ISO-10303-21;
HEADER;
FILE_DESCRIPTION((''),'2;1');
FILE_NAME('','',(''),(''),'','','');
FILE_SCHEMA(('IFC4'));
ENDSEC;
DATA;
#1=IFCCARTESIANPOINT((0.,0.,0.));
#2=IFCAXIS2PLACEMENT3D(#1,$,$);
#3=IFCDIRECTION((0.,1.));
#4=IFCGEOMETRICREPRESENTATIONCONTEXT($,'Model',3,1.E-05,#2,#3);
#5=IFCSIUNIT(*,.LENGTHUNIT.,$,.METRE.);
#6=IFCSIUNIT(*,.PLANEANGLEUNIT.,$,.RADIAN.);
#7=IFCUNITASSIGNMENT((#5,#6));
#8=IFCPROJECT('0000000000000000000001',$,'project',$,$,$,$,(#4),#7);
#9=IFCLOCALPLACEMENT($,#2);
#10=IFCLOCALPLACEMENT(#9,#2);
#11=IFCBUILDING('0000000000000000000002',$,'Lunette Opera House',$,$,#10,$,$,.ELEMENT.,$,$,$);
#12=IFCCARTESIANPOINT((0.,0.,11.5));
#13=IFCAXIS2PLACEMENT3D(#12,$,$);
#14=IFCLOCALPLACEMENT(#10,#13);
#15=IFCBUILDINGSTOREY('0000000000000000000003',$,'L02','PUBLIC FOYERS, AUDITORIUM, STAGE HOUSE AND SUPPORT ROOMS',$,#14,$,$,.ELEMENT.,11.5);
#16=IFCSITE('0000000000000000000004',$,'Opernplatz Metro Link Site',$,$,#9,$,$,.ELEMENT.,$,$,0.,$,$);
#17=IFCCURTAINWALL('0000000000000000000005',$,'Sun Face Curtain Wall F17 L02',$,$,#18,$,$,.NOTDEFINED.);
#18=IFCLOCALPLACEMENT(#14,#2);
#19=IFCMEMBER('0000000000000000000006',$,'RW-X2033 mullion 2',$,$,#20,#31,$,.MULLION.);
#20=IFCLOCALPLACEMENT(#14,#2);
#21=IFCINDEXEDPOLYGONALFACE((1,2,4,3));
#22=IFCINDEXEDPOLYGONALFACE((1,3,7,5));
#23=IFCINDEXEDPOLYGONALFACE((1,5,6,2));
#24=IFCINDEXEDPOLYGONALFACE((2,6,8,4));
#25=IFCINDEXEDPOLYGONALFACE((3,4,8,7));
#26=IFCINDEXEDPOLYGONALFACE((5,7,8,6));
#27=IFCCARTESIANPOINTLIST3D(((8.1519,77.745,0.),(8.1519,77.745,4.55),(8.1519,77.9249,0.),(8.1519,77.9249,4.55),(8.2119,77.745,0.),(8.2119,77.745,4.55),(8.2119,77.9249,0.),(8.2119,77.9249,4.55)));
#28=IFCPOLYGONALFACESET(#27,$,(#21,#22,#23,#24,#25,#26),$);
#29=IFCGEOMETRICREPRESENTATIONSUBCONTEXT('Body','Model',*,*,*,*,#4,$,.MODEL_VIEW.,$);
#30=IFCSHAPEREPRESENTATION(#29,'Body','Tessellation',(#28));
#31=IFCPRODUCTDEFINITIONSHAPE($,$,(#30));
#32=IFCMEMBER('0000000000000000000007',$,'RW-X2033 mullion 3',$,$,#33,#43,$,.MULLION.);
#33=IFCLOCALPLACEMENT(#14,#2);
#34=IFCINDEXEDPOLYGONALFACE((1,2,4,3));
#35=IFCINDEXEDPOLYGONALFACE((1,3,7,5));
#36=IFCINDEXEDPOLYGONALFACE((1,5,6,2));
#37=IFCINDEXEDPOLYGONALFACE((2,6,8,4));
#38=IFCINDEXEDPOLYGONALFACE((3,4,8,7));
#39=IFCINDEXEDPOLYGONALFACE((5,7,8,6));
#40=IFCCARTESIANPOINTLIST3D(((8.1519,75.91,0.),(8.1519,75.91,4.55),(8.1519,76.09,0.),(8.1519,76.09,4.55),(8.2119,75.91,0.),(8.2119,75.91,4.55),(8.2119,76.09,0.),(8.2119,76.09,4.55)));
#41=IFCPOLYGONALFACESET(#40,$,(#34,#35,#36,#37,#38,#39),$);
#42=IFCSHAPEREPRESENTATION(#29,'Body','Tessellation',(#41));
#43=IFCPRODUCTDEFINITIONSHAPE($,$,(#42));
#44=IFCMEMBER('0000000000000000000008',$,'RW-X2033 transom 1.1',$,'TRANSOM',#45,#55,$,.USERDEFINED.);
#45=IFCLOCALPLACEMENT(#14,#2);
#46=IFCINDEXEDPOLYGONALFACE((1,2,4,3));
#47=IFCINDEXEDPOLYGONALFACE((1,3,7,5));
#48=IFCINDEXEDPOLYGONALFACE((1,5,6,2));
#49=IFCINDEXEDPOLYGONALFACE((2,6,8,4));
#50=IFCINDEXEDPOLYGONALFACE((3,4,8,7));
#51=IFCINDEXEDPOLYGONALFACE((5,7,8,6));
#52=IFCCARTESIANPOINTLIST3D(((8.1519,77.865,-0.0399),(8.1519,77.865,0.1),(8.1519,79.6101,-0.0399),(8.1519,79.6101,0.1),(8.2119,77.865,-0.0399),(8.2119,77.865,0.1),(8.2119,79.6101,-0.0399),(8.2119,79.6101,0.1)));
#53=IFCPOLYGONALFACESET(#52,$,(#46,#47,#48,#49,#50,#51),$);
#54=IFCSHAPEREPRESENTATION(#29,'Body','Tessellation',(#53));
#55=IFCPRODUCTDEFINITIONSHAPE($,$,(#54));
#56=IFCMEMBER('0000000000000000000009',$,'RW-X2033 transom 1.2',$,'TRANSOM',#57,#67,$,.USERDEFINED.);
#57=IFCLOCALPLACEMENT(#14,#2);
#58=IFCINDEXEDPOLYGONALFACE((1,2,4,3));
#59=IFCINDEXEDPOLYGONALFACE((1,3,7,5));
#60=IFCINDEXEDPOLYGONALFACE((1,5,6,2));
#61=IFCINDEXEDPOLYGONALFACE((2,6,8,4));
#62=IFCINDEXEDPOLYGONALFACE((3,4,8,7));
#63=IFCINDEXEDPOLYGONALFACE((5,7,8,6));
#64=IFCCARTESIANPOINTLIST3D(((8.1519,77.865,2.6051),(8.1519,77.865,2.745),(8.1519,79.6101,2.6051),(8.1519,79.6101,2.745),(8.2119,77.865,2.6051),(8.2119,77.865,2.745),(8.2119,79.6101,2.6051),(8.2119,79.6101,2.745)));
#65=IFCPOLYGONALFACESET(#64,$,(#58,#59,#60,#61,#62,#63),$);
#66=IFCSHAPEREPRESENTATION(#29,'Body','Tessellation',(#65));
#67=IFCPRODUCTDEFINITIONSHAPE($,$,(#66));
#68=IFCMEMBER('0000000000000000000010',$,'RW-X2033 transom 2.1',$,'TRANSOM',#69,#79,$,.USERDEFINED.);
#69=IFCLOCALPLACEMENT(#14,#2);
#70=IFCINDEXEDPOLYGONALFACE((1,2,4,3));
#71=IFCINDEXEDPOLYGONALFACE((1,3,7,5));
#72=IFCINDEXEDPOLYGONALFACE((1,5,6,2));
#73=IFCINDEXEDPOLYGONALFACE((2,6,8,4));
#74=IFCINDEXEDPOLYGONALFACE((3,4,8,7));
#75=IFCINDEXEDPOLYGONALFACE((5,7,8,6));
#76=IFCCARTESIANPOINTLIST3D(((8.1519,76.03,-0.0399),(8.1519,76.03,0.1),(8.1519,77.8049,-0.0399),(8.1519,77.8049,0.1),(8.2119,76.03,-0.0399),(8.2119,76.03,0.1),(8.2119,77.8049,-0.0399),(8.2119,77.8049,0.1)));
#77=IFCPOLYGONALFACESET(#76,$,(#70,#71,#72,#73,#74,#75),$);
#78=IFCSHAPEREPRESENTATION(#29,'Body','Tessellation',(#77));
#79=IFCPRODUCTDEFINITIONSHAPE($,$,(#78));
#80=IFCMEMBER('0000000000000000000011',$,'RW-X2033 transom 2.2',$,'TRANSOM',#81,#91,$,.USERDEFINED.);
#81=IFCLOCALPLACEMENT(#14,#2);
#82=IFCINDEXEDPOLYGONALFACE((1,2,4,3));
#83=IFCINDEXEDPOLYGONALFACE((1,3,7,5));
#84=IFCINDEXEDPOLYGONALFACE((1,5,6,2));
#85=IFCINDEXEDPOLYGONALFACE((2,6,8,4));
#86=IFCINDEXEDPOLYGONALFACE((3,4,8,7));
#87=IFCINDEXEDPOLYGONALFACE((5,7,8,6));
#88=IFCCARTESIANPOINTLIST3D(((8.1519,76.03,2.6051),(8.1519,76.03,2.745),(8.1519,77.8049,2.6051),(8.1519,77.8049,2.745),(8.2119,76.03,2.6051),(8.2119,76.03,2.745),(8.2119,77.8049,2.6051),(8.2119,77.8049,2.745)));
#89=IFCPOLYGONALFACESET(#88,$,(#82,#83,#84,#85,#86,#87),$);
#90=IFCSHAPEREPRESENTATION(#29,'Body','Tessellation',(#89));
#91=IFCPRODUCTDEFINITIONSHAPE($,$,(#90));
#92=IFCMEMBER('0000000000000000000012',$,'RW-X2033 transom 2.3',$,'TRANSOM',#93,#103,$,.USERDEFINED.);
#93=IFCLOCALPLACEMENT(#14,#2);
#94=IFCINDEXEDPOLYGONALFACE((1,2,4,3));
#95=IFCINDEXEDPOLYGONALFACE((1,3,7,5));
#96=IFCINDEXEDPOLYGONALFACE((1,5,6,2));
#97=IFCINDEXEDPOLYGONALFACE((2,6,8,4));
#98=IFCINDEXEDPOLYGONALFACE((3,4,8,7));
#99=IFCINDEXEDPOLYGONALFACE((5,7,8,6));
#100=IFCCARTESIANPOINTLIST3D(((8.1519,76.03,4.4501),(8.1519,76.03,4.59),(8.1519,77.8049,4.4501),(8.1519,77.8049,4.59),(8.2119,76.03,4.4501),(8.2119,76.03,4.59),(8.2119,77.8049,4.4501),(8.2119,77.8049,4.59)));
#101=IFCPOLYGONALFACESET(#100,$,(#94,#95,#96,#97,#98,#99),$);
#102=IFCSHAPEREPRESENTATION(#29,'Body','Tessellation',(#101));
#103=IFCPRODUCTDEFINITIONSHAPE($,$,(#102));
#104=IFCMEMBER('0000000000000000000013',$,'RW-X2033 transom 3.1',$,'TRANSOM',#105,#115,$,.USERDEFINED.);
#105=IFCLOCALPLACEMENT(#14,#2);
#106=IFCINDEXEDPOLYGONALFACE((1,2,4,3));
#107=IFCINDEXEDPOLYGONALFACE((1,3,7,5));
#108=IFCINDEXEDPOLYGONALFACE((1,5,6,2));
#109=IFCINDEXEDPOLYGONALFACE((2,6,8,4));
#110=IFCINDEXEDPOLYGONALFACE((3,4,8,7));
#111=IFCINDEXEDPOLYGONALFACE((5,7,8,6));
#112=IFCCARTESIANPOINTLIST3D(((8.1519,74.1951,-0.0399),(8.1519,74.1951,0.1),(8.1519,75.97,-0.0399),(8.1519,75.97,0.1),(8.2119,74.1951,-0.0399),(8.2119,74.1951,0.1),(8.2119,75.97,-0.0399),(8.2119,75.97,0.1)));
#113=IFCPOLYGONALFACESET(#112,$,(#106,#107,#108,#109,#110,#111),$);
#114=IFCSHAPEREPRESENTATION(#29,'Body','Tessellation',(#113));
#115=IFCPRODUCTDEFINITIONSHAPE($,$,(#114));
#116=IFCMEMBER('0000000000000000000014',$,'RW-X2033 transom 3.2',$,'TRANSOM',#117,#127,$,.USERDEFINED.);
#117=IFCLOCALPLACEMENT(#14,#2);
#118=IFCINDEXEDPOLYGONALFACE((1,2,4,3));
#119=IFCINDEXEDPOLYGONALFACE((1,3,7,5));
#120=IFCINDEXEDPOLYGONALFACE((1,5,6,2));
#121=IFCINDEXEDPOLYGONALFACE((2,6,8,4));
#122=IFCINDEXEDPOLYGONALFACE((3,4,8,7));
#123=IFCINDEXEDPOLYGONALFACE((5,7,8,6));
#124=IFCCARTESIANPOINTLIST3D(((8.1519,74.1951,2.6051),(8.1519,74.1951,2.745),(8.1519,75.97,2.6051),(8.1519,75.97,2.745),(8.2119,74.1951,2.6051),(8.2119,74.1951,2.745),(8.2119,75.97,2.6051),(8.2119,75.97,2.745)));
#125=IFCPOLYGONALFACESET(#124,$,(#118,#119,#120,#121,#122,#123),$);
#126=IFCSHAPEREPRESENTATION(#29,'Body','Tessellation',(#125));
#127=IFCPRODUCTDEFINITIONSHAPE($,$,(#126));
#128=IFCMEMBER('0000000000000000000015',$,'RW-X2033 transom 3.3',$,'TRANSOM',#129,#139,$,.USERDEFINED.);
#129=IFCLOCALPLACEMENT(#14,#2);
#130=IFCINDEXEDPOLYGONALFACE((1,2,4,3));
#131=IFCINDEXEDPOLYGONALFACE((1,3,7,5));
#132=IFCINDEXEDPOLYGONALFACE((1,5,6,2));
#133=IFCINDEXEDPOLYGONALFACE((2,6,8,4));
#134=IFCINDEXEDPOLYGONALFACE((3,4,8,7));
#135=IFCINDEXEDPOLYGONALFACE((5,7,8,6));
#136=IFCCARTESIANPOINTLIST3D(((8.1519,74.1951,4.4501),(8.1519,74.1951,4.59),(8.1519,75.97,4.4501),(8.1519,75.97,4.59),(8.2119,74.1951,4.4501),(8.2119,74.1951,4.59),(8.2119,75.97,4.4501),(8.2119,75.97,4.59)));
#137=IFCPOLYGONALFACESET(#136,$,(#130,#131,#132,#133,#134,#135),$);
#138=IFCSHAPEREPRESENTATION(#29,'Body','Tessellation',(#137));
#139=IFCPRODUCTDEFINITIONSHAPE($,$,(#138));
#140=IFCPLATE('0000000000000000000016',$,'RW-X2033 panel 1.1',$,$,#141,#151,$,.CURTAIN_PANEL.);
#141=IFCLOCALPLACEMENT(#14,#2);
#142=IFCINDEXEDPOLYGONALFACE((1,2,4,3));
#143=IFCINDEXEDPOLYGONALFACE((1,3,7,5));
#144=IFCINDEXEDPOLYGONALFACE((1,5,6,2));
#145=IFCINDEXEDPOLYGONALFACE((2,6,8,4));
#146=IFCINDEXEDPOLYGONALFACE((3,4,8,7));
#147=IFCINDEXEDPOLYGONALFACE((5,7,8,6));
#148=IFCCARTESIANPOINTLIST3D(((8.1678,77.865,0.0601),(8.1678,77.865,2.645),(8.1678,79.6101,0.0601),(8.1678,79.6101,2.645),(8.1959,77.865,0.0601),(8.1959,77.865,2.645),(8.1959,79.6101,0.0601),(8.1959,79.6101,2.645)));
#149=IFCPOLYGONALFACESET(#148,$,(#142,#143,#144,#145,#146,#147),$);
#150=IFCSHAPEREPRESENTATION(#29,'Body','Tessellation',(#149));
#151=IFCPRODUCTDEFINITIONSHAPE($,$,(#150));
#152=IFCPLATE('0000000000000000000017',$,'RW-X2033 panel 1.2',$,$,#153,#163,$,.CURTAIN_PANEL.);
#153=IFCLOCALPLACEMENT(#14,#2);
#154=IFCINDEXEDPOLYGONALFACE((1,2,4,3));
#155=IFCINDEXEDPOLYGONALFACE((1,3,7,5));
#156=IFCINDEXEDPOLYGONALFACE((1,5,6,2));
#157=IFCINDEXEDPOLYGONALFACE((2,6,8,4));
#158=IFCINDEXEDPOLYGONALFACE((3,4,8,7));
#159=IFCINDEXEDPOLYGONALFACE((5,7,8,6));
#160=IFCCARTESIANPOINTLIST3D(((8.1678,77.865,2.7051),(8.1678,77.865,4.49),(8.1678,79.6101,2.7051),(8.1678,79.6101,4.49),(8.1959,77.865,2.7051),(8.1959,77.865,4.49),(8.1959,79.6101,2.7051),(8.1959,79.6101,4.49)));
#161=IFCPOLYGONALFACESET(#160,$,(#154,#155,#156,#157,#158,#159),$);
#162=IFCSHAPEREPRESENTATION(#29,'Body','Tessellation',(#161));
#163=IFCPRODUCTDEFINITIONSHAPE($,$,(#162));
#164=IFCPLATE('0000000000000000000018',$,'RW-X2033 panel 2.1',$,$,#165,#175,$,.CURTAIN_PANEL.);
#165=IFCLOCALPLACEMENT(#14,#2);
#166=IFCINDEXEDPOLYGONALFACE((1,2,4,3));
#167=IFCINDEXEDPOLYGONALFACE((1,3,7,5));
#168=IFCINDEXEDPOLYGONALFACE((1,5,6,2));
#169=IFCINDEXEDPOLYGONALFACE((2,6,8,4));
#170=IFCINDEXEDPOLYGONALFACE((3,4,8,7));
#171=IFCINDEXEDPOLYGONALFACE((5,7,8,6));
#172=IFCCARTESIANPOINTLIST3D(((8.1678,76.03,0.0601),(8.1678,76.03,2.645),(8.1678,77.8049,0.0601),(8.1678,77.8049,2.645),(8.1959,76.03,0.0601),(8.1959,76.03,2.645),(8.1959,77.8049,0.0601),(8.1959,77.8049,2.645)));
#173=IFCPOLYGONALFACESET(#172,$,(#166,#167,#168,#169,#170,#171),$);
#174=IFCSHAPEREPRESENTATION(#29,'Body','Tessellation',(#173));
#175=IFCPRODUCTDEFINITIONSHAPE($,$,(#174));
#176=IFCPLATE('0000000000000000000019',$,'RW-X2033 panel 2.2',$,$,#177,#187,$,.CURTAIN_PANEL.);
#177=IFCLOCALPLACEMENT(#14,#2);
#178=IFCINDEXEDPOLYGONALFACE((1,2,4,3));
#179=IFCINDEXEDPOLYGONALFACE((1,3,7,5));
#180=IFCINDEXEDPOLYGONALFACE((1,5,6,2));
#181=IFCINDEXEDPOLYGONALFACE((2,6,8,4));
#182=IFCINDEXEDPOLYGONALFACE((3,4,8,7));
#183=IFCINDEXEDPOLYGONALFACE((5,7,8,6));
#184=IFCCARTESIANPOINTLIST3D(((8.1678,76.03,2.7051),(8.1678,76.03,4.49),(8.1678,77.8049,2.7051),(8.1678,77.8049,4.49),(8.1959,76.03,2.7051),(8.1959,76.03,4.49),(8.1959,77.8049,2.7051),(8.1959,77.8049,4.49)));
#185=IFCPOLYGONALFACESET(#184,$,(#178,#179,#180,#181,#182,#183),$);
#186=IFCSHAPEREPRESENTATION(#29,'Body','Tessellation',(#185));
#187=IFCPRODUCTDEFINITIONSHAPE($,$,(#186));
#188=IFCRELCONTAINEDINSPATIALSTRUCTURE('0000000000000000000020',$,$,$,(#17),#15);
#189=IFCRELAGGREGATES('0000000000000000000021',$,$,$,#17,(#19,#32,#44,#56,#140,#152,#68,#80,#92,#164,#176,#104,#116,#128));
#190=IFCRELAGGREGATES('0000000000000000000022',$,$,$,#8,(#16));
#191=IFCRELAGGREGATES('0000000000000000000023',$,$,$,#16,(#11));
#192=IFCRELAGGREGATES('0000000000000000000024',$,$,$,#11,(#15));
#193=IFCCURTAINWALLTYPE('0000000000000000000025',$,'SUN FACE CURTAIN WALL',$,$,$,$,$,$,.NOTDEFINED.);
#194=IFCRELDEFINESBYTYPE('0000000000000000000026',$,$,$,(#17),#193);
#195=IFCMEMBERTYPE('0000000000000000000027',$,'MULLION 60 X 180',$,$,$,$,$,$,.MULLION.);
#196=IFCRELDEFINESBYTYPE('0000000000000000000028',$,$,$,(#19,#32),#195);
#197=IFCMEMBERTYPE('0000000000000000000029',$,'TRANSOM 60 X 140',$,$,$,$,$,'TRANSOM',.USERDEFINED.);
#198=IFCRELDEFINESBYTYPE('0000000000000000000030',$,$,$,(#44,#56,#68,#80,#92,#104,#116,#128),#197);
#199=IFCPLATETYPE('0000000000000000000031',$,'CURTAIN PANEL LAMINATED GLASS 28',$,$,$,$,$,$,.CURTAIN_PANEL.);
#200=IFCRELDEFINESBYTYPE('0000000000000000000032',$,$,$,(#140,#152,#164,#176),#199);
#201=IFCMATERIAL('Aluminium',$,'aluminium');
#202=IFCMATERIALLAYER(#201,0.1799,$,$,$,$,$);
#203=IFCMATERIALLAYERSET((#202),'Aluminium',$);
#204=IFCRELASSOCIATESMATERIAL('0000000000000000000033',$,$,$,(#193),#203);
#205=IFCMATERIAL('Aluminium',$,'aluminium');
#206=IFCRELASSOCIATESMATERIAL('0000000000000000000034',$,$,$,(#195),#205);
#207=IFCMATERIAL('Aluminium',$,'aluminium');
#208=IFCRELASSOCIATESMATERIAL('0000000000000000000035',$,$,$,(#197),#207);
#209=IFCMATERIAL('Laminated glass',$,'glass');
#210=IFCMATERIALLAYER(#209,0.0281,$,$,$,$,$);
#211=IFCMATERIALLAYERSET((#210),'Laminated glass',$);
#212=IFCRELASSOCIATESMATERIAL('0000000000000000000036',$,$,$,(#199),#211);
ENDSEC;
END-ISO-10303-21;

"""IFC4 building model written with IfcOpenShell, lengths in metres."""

from ifc_helpers import new_model, si_unit, direction, frame, origin, origin_2d, place, context, subcontext, project, spatial, rectangle, extrude, material, layer, layer_set, material_profile, profile_set, type_object, element, aggregate, save


model = new_model("IFC4")

# Units and contexts
model_context = context("Model", 3, precision=1e-05, world=origin(), true_north=direction((0.0, 1.0)))
body_context = subcontext(model_context, "Body", "Model", "MODEL_VIEW")
ifc_project = project(units=[si_unit("LENGTHUNIT", "METRE"), si_unit("PLANEANGLEUNIT", "RADIAN")], contexts=[model_context])

# Site, building, storey
site_placement = place(None, origin())
site = spatial("IfcSite", under=ifc_project, at=site_placement, Name="Opernplatz Metro Link Site", CompositionType="ELEMENT", RefElevation=0.0)
building_placement = place(site_placement, origin())
building = spatial("IfcBuilding", under=site, at=building_placement, Name="Lunette Opera House", CompositionType="ELEMENT")
storey_placement = place(building_placement, frame((0.0, 0.0, 11.5)))
storey = spatial("IfcBuildingStorey", under=building, at=storey_placement, Name="L02", Description="PUBLIC FOYERS, AUDITORIUM, STAGE HOUSE AND SUPPORT ROOMS", CompositionType="ELEMENT", Elevation=11.5)

# Curtain wall, members, plates
ifc_material_1 = material(Name="Aluminium", Category="aluminium")
ifc_layer_1 = layer(ifc_material_1, 0.1799)
ifc_layer_set_1 = layer_set([ifc_layer_1], Name="Aluminium")
curtain_wall_type = type_object("IfcCurtainWallType", Name="SUN FACE CURTAIN WALL", PredefinedType="NOTDEFINED", material=ifc_layer_set_1)
curtain_wall_placement = place(storey_placement, origin())
curtain_wall = element("IfcCurtainWall", 1, at=curtain_wall_placement, inside=storey, type_object=curtain_wall_type, Name="Sun Face Curtain Wall F17 L02", PredefinedType="NOTDEFINED")
ifc_material_2 = material(Name="Aluminium", Category="aluminium")
ifc_material_profile_1 = material_profile(ifc_material_2, rectangle(XDim=0.0601, YDim=0.1799, at=origin_2d()), Name="MULLION 60 X 180")
ifc_profile_set_1 = profile_set([ifc_material_profile_1], Name="Aluminium")
member_type_1 = type_object("IfcMemberType", Name="MULLION 60 X 180", PredefinedType="MULLION", material=ifc_profile_set_1)
member_1_placement = place(storey_placement, frame((8.1819, 77.835, 0.0), z_axis=(0.0, 0.0, 1.0), x_axis=(1.0, 0.0, 0.0)))
member_1 = element("IfcMember", 2, at=member_1_placement, type_object=member_type_1, Name="RW-X2033 mullion 2", PredefinedType="MULLION", context=body_context, shape_type="SweptSolid", body=[
    extrude(rectangle(XDim=0.0601, YDim=0.1799, at=origin_2d()), origin(), (0.0, 0.0, 1.0), 4.55),
])
member_2_placement = place(storey_placement, frame((8.1819, 76.0, 0.0), z_axis=(0.0, 0.0, 1.0), x_axis=(1.0, 0.0, 0.0)))
member_2 = element("IfcMember", 3, at=member_2_placement, type_object=member_type_1, Name="RW-X2033 mullion 3", PredefinedType="MULLION", context=body_context, shape_type="SweptSolid", body=[
    extrude(rectangle(XDim=0.0601, YDim=0.1799, at=origin_2d()), origin(), (0.0, 0.0, 1.0), 4.55),
])
ifc_material_3 = material(Name="Aluminium", Category="aluminium")
ifc_material_profile_2 = material_profile(ifc_material_3, rectangle(XDim=0.0601, YDim=0.1399, at=origin_2d()), Name="TRANSOM 60 X 140")
ifc_profile_set_2 = profile_set([ifc_material_profile_2], Name="Aluminium")
member_type_2 = type_object("IfcMemberType", Name="TRANSOM 60 X 140", ElementType="TRANSOM", PredefinedType="USERDEFINED", material=ifc_profile_set_2)
member_3_placement = place(storey_placement, frame((8.1819, 79.6101, 0.03), z_axis=(0.0, -1.0, 0.0), x_axis=(1.0, 0.0, 0.0)))
member_3 = element("IfcMember", 4, at=member_3_placement, type_object=member_type_2, Name="RW-X2033 transom 1.1", ObjectType="TRANSOM", PredefinedType="USERDEFINED", context=body_context, shape_type="SweptSolid", body=[
    extrude(rectangle(XDim=0.0601, YDim=0.1399, at=origin_2d()), origin(), (0.0, 0.0, 1.0), 1.7451),
])
member_4_placement = place(storey_placement, frame((8.1819, 79.6101, 2.675), z_axis=(0.0, -1.0, 0.0), x_axis=(1.0, 0.0, 0.0)))
member_4 = element("IfcMember", 5, at=member_4_placement, type_object=member_type_2, Name="RW-X2033 transom 1.2", ObjectType="TRANSOM", PredefinedType="USERDEFINED", context=body_context, shape_type="SweptSolid", body=[
    extrude(rectangle(XDim=0.0601, YDim=0.1399, at=origin_2d()), origin(), (0.0, 0.0, 1.0), 1.7451),
])
member_5_placement = place(storey_placement, frame((8.1819, 77.8049, 0.03), z_axis=(0.0, -1.0, 0.0), x_axis=(1.0, 0.0, 0.0)))
member_5 = element("IfcMember", 6, at=member_5_placement, type_object=member_type_2, Name="RW-X2033 transom 2.1", ObjectType="TRANSOM", PredefinedType="USERDEFINED", context=body_context, shape_type="SweptSolid", body=[
    extrude(rectangle(XDim=0.0601, YDim=0.1399, at=origin_2d()), origin(), (0.0, 0.0, 1.0), 1.7749),
])
member_6_placement = place(storey_placement, frame((8.1819, 77.8049, 2.675), z_axis=(0.0, -1.0, 0.0), x_axis=(1.0, 0.0, 0.0)))
member_6 = element("IfcMember", 7, at=member_6_placement, type_object=member_type_2, Name="RW-X2033 transom 2.2", ObjectType="TRANSOM", PredefinedType="USERDEFINED", context=body_context, shape_type="SweptSolid", body=[
    extrude(rectangle(XDim=0.0601, YDim=0.1399, at=origin_2d()), origin(), (0.0, 0.0, 1.0), 1.7749),
])
member_7_placement = place(storey_placement, frame((8.1819, 77.8049, 4.52), z_axis=(0.0, -1.0, 0.0), x_axis=(1.0, 0.0, 0.0)))
member_7 = element("IfcMember", 8, at=member_7_placement, type_object=member_type_2, Name="RW-X2033 transom 2.3", ObjectType="TRANSOM", PredefinedType="USERDEFINED", context=body_context, shape_type="SweptSolid", body=[
    extrude(rectangle(XDim=0.0601, YDim=0.1399, at=origin_2d()), origin(), (0.0, 0.0, 1.0), 1.7749),
])
member_8_placement = place(storey_placement, frame((8.1819, 75.97, 0.03), z_axis=(0.0, -1.0, 0.0), x_axis=(1.0, 0.0, 0.0)))
member_8 = element("IfcMember", 9, at=member_8_placement, type_object=member_type_2, Name="RW-X2033 transom 3.1", ObjectType="TRANSOM", PredefinedType="USERDEFINED", context=body_context, shape_type="SweptSolid", body=[
    extrude(rectangle(XDim=0.0601, YDim=0.1399, at=origin_2d()), origin(), (0.0, 0.0, 1.0), 1.7749),
])
member_9_placement = place(storey_placement, frame((8.1819, 75.97, 2.675), z_axis=(0.0, -1.0, 0.0), x_axis=(1.0, 0.0, 0.0)))
member_9 = element("IfcMember", 10, at=member_9_placement, type_object=member_type_2, Name="RW-X2033 transom 3.2", ObjectType="TRANSOM", PredefinedType="USERDEFINED", context=body_context, shape_type="SweptSolid", body=[
    extrude(rectangle(XDim=0.0601, YDim=0.1399, at=origin_2d()), origin(), (0.0, 0.0, 1.0), 1.7749),
])
member_10_placement = place(storey_placement, frame((8.1819, 75.97, 4.52), z_axis=(0.0, -1.0, 0.0), x_axis=(1.0, 0.0, 0.0)))
member_10 = element("IfcMember", 11, at=member_10_placement, type_object=member_type_2, Name="RW-X2033 transom 3.3", ObjectType="TRANSOM", PredefinedType="USERDEFINED", context=body_context, shape_type="SweptSolid", body=[
    extrude(rectangle(XDim=0.0601, YDim=0.1399, at=origin_2d()), origin(), (0.0, 0.0, 1.0), 1.7749),
])
ifc_material_4 = material(Name="Laminated glass", Category="glass")
ifc_layer_2 = layer(ifc_material_4, 0.0281)
ifc_layer_set_2 = layer_set([ifc_layer_2], Name="Laminated glass")
plate_type = type_object("IfcPlateType", Name="CURTAIN PANEL LAMINATED GLASS 28", PredefinedType="CURTAIN_PANEL", material=ifc_layer_set_2)
plate_1_placement = place(storey_placement, frame((8.1819, 78.7375, 0.0601), z_axis=(0.0, 0.0, 1.0), x_axis=(0.0, -1.0, 0.0)))
plate_1 = element("IfcPlate", 12, at=plate_1_placement, type_object=plate_type, Name="RW-X2033 panel 1.1", PredefinedType="CURTAIN_PANEL", context=body_context, shape_type="SweptSolid", body=[
    extrude(rectangle(XDim=1.7451, YDim=0.0281, at=origin_2d()), origin(), (0.0, 0.0, 1.0), 2.585),
])
plate_2_placement = place(storey_placement, frame((8.1819, 78.7375, 2.7051), z_axis=(0.0, 0.0, 1.0), x_axis=(0.0, -1.0, 0.0)))
plate_2 = element("IfcPlate", 13, at=plate_2_placement, type_object=plate_type, Name="RW-X2033 panel 1.2", PredefinedType="CURTAIN_PANEL", context=body_context, shape_type="SweptSolid", body=[
    extrude(rectangle(XDim=1.7451, YDim=0.0281, at=origin_2d()), origin(), (0.0, 0.0, 1.0), 1.7849),
])
plate_3_placement = place(storey_placement, frame((8.1819, 76.9175, 0.0601), z_axis=(0.0, 0.0, 1.0), x_axis=(0.0, -1.0, 0.0)))
plate_3 = element("IfcPlate", 14, at=plate_3_placement, type_object=plate_type, Name="RW-X2033 panel 2.1", PredefinedType="CURTAIN_PANEL", context=body_context, shape_type="SweptSolid", body=[
    extrude(rectangle(XDim=1.7749, YDim=0.0281, at=origin_2d()), origin(), (0.0, 0.0, 1.0), 2.585),
])
plate_4_placement = place(storey_placement, frame((8.1819, 76.9175, 2.7051), z_axis=(0.0, 0.0, 1.0), x_axis=(0.0, -1.0, 0.0)))
plate_4 = element("IfcPlate", 15, at=plate_4_placement, type_object=plate_type, Name="RW-X2033 panel 2.2", PredefinedType="CURTAIN_PANEL", context=body_context, shape_type="SweptSolid", body=[
    extrude(rectangle(XDim=1.7749, YDim=0.0281, at=origin_2d()), origin(), (0.0, 0.0, 1.0), 1.7849),
])
aggregate(curtain_wall, [member_1, member_2, member_3, member_4, plate_1, plate_2, member_5, member_6, member_7, plate_3, plate_4, member_8, member_9, member_10])

save(model, "model.ifc")
